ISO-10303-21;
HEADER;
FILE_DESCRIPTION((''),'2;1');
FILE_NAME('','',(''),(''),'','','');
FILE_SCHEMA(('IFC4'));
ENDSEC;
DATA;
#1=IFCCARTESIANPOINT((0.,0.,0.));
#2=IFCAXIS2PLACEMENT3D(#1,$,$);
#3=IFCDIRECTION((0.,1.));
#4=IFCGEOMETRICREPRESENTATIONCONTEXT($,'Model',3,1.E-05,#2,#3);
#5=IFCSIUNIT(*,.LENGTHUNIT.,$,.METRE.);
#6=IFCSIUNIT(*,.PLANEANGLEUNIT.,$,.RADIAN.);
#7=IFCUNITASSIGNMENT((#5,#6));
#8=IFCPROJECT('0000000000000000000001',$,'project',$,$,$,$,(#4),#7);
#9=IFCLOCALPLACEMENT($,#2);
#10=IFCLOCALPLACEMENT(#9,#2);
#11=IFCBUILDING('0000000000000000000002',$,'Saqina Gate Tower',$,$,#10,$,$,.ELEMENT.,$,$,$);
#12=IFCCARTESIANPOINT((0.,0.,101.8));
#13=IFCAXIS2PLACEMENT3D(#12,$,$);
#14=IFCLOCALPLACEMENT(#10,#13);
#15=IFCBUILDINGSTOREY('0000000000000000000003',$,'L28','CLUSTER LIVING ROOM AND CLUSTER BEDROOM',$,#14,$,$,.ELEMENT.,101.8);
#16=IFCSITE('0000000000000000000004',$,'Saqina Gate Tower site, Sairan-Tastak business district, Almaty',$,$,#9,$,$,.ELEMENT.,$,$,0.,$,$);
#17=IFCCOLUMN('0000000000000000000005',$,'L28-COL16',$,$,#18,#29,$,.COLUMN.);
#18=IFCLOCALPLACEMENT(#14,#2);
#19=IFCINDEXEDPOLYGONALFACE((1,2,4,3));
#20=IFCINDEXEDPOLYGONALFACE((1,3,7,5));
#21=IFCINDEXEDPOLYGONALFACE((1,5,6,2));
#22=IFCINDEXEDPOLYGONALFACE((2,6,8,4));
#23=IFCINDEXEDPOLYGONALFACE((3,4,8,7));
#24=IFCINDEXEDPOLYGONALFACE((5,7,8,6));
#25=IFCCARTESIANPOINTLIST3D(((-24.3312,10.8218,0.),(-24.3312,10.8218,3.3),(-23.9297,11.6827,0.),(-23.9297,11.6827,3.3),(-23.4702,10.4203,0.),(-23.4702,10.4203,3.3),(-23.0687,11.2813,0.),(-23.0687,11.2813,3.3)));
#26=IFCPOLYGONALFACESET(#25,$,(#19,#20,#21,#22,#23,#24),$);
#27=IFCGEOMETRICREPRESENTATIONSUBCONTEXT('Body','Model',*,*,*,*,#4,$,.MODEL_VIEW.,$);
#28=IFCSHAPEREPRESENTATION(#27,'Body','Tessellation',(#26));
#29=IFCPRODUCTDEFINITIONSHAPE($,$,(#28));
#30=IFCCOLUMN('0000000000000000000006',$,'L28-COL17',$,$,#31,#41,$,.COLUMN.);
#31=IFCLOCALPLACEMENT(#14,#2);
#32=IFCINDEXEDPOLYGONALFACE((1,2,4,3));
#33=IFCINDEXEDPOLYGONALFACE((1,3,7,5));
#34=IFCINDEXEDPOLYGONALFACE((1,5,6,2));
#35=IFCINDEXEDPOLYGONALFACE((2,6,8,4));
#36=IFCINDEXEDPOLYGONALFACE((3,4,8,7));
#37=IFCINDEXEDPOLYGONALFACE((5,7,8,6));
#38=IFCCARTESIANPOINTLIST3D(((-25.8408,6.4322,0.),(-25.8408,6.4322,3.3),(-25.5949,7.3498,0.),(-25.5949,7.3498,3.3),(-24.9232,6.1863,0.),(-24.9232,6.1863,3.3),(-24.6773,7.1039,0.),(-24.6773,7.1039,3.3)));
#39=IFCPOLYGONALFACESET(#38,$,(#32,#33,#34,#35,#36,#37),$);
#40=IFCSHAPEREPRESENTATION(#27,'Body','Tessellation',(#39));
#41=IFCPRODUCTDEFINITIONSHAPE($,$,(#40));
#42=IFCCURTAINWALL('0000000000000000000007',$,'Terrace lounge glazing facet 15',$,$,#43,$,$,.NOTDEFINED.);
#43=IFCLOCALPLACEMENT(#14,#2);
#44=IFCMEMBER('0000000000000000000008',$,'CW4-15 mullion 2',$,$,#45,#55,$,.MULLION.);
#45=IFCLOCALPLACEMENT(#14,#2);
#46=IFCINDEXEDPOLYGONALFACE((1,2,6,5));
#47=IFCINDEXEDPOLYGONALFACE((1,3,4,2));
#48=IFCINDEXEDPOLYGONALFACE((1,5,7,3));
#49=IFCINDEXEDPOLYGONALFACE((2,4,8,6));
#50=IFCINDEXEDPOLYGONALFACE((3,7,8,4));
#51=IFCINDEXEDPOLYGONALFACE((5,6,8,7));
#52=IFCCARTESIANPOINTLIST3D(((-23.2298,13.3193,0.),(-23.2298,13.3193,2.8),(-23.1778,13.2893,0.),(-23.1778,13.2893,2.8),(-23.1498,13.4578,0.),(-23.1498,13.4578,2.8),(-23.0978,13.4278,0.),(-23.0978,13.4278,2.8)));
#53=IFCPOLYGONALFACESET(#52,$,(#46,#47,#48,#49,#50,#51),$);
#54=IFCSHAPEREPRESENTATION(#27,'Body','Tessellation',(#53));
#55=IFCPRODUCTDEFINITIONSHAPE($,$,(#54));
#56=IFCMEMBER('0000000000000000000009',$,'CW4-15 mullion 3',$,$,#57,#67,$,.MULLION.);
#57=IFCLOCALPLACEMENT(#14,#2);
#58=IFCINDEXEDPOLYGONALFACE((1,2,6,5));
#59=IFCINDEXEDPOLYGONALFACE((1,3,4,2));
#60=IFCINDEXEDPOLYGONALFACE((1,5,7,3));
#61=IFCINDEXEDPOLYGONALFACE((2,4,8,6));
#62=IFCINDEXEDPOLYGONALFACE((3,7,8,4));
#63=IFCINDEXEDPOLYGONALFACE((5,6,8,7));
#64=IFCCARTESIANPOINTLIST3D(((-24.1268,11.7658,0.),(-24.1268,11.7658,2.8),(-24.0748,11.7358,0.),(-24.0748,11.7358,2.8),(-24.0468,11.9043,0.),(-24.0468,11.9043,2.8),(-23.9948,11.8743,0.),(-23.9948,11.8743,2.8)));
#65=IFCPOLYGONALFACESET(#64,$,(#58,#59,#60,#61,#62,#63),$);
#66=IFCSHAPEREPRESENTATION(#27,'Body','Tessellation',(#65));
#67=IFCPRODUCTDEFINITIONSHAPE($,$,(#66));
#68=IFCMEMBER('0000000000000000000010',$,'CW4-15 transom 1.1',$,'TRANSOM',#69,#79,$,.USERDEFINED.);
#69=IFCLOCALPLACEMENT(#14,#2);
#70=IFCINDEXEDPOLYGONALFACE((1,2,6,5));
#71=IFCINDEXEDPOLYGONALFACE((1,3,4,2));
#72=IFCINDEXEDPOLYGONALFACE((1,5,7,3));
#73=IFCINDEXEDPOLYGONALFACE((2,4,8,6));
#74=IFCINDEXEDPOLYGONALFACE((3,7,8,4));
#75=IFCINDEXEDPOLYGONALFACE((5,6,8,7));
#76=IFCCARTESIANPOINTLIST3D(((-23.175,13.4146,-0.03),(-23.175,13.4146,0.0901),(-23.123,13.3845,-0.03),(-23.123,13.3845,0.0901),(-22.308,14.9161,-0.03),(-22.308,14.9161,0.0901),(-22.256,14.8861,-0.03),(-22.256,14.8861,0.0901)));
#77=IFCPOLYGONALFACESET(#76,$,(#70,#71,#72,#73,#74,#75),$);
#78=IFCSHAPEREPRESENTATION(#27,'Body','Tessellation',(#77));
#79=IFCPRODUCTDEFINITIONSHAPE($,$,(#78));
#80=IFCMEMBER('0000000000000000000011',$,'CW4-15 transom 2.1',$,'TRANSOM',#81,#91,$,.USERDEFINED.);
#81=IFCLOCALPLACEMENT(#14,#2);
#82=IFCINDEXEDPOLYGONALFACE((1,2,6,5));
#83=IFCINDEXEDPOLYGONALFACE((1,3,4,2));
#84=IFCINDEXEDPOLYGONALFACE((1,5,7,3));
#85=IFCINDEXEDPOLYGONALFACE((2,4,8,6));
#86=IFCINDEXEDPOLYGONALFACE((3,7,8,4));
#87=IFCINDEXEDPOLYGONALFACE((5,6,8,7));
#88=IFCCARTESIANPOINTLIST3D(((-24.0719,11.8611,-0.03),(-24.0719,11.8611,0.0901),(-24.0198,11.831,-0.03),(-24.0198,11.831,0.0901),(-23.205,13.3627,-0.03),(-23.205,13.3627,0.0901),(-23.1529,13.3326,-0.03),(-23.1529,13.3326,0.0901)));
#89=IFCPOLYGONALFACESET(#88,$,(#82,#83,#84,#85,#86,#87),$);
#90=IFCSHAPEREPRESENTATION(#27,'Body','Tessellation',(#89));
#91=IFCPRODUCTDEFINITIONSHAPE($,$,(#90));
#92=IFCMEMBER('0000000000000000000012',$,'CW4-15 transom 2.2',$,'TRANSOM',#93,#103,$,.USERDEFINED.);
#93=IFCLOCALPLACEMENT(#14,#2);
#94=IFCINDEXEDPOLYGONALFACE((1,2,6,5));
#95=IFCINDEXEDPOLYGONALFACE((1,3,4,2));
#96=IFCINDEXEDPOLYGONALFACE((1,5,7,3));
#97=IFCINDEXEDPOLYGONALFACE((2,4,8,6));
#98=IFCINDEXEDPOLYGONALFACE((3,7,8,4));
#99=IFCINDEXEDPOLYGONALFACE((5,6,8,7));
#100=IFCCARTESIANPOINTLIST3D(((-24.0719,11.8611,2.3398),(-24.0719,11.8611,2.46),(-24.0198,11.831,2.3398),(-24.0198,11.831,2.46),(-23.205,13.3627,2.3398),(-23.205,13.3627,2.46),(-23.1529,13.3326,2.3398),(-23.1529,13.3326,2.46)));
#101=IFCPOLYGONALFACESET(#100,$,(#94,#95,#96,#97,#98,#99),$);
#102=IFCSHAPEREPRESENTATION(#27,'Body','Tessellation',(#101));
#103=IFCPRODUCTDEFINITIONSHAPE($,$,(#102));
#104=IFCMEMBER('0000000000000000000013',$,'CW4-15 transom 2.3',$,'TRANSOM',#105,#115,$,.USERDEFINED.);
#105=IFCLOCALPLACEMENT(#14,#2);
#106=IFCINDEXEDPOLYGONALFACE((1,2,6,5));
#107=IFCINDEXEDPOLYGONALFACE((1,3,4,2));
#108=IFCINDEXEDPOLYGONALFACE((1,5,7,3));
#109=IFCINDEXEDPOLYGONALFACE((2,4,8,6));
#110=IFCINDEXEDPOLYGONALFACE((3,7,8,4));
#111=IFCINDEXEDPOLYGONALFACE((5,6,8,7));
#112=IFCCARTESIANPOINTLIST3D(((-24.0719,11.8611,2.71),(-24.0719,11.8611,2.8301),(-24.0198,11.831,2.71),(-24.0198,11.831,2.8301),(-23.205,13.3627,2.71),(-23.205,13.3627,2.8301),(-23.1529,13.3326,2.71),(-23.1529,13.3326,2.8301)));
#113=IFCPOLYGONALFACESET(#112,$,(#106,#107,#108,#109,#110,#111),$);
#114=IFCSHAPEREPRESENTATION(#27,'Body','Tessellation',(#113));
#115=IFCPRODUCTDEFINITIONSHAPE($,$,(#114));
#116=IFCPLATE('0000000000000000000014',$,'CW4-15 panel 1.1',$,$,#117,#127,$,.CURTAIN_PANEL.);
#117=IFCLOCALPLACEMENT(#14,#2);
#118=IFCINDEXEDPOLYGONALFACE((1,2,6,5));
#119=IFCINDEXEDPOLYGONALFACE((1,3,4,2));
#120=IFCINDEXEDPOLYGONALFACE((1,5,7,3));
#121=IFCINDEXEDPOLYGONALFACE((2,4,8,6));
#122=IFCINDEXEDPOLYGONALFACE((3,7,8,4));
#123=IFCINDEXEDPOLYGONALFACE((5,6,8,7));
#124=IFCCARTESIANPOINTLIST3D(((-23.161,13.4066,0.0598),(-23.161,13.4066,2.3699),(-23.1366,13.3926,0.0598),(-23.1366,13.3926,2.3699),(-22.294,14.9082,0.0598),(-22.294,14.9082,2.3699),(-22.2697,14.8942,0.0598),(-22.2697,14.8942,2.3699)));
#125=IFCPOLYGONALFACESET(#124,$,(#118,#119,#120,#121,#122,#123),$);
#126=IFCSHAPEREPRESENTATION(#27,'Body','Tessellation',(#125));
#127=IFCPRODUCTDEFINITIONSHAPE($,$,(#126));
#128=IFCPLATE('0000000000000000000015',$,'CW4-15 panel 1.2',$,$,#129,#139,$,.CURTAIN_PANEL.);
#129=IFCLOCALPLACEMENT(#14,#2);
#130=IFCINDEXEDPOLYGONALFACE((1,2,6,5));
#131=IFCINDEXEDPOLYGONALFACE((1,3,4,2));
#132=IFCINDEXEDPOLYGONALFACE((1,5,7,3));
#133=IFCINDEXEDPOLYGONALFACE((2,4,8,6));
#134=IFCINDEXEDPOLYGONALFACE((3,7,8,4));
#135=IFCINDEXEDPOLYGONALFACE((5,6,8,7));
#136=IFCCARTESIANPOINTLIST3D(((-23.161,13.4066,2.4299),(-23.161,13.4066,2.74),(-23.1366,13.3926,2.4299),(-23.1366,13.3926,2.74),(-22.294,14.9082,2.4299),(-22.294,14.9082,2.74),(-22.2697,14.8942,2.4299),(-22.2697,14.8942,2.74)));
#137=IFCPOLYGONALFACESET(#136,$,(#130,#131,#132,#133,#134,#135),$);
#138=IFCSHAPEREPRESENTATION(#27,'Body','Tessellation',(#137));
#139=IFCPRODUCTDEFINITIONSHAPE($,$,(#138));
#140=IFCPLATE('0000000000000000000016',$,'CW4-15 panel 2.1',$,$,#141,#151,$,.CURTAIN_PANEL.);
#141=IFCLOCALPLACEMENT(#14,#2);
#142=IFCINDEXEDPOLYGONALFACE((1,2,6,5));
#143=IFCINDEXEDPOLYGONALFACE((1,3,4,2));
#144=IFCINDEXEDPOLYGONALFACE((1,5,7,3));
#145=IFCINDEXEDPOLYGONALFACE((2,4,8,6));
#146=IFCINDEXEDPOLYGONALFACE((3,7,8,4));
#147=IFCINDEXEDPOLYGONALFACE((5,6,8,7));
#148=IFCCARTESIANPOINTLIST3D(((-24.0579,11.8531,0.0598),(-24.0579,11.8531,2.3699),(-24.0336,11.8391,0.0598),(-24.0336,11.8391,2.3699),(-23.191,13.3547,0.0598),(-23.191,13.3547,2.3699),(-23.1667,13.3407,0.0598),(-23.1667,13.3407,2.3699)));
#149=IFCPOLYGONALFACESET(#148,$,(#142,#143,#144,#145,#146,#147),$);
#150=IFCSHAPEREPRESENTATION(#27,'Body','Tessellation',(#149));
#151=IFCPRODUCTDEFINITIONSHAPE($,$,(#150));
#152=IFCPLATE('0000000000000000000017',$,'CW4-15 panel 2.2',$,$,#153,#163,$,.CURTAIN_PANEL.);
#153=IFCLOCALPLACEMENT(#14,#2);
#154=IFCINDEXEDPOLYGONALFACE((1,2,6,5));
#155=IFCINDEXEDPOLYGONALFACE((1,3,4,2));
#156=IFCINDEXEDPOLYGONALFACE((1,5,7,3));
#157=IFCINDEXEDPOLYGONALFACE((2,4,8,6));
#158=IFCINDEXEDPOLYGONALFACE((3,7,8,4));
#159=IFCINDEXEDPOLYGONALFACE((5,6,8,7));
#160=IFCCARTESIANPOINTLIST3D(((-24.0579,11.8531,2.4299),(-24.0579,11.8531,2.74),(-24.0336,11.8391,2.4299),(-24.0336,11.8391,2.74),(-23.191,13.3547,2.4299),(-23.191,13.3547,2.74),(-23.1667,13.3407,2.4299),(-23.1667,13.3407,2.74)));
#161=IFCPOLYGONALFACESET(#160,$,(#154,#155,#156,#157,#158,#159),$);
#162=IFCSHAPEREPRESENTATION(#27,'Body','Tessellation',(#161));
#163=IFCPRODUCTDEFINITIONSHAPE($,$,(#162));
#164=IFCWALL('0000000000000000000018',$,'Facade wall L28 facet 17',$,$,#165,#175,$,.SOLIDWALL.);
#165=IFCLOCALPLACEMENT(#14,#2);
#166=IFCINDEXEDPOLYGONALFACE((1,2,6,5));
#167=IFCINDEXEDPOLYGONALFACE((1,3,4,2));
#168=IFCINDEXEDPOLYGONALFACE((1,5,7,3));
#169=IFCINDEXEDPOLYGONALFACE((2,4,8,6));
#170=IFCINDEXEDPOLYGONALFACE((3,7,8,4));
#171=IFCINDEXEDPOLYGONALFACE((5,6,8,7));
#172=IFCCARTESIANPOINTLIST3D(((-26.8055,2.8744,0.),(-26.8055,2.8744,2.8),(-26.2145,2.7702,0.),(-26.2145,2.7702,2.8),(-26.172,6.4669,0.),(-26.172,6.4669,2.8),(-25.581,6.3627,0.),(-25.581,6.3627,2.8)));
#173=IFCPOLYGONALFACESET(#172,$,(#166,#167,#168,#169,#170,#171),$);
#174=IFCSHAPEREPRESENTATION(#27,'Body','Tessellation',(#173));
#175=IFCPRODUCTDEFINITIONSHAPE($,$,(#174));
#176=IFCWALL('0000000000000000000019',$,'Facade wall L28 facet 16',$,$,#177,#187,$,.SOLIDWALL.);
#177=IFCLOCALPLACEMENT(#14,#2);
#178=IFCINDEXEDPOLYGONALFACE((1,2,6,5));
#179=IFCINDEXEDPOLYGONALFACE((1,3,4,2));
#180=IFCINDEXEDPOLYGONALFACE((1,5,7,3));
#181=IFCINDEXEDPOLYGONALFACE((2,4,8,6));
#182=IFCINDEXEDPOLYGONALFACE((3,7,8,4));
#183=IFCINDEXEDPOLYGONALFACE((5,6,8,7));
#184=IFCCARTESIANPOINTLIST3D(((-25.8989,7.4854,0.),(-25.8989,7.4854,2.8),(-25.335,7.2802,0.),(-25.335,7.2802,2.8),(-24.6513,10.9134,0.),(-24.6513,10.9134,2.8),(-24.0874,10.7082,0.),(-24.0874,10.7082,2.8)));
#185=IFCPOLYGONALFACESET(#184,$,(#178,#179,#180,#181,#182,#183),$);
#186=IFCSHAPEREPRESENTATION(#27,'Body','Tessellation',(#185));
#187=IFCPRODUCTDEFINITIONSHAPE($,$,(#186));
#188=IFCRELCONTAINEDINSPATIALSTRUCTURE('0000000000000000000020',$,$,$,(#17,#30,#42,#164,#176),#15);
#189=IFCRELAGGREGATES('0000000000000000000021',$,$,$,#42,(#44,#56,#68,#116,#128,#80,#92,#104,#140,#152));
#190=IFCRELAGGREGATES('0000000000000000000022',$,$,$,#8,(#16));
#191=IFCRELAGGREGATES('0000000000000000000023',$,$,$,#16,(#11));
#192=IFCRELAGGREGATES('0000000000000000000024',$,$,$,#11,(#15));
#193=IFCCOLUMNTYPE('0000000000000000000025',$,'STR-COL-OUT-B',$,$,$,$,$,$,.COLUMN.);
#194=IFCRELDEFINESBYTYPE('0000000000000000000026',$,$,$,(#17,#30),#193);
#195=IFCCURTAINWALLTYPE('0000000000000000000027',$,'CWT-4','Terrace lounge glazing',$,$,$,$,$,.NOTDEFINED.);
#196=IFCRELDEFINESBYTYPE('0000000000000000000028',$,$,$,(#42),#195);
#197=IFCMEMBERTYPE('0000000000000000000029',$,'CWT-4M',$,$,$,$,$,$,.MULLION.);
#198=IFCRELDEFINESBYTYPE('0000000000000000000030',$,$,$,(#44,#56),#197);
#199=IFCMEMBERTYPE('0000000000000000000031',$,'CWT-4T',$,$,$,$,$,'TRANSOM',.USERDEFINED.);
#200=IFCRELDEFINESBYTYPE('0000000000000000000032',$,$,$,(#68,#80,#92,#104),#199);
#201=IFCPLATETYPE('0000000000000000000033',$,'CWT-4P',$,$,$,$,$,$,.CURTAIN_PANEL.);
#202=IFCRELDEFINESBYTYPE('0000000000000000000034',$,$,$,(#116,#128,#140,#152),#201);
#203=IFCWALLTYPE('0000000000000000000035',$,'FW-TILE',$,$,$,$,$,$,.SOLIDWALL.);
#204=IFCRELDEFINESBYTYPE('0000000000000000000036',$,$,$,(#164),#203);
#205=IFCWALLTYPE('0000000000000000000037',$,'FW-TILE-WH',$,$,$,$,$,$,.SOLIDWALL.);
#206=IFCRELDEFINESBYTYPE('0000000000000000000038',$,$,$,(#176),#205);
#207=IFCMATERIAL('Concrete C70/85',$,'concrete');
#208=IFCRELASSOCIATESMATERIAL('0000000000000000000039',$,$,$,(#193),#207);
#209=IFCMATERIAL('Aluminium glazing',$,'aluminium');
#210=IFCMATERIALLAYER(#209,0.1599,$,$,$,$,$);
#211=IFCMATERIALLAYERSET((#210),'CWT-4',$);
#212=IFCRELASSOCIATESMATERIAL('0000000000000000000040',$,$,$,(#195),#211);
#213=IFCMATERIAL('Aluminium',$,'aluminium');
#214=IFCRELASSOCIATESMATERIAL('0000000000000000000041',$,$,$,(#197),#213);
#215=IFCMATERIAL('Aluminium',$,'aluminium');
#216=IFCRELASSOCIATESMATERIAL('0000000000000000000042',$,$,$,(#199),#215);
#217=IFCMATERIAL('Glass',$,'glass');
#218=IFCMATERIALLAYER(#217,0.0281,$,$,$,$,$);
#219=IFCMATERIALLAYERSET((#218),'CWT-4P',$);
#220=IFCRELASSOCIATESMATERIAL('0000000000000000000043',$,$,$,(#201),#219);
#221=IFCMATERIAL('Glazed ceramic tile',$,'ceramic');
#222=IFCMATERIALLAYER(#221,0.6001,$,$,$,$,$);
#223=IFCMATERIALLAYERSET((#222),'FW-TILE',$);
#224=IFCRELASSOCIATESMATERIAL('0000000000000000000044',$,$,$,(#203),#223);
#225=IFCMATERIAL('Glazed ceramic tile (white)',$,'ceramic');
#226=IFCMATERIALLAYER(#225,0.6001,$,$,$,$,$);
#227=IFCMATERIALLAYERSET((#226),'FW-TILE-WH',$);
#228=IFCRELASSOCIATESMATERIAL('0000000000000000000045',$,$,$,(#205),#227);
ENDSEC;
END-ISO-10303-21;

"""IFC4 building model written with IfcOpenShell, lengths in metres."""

from ifc_helpers import new_model, si_unit, direction, frame, frame_2d, origin, origin_2d, place, context, subcontext, project, spatial, rectangle, extrude, material, layer, layer_set, material_profile, profile_set, type_object, element, aggregate, save


model = new_model("IFC4")

# Units and contexts
model_context = context("Model", 3, precision=1e-05, world=origin(), true_north=direction((0.0, 1.0)))
body_context = subcontext(model_context, "Body", "Model", "MODEL_VIEW")
ifc_project = project(units=[si_unit("LENGTHUNIT", "METRE"), si_unit("PLANEANGLEUNIT", "RADIAN")], contexts=[model_context])

# Site, building, storey
site_placement = place(None, origin())
site = spatial("IfcSite", under=ifc_project, at=site_placement, Name="Saqina Gate Tower site, Sairan-Tastak business district, Almaty", CompositionType="ELEMENT", RefElevation=0.0)
building_placement = place(site_placement, origin())
building = spatial("IfcBuilding", under=site, at=building_placement, Name="Saqina Gate Tower", CompositionType="ELEMENT")
storey_placement = place(building_placement, frame((0.0, 0.0, 101.8)))
storey = spatial("IfcBuildingStorey", under=building, at=storey_placement, Name="L28", Description="CLUSTER LIVING ROOM AND CLUSTER BEDROOM", CompositionType="ELEMENT", Elevation=101.8)

# Columns
ifc_material_1 = material(Name="Concrete C70/85", Category="concrete")
ifc_material_profile_1 = material_profile(ifc_material_1, rectangle(XDim=0.95, YDim=0.95, at=origin_2d()), Name="RC 950x950")
ifc_profile_set_1 = profile_set([ifc_material_profile_1], Name="Concrete C70/85")
column_type = type_object("IfcColumnType", Name="STR-COL-OUT-B", PredefinedType="COLUMN", material=ifc_profile_set_1)
for number, where, z_axis, x_axis, name in (
    (1, (-23.7, 11.0515, 0.0), (0.0, 0.0, 1.0), (-0.906308, 0.422618, 0.0), "L28-COL16"),
    (2, (-25.259, 6.7681, 0.0), (0.0, 0.0, 1.0), (-0.965926, 0.258819, 0.0), "L28-COL17"),
):
    element("IfcColumn", number, at=place(storey_placement, frame(where, z_axis=z_axis, x_axis=x_axis)), inside=storey, type_object=column_type, Name=name, PredefinedType="COLUMN", context=body_context, shape_type="SweptSolid", body=[
        extrude(rectangle(XDim=0.95, YDim=0.95, at=origin_2d()), origin(), (0.0, 0.0, 1.0), 3.3),
    ])

# Curtain wall, members, plates
ifc_material_2 = material(Name="Aluminium glazing", Category="aluminium")
ifc_layer_1 = layer(ifc_material_2, 0.1599)
ifc_layer_set_1 = layer_set([ifc_layer_1], Name="CWT-4")
curtain_wall_type = type_object("IfcCurtainWallType", Name="CWT-4", Description="Terrace lounge glazing", PredefinedType="NOTDEFINED", material=ifc_layer_set_1)
curtain_wall_placement = place(storey_placement, origin())
curtain_wall = element("IfcCurtainWall", 3, at=curtain_wall_placement, inside=storey, type_object=curtain_wall_type, Name="Terrace lounge glazing facet 15", PredefinedType="NOTDEFINED")
ifc_material_3 = material(Name="Aluminium", Category="aluminium")
ifc_material_profile_2 = material_profile(ifc_material_3, rectangle(XDim=0.0601, YDim=0.1599, at=origin_2d()), Name="Aluminium 60x160")
ifc_profile_set_2 = profile_set([ifc_material_profile_2], Name="Aluminium")
member_type_1 = type_object("IfcMemberType", Name="CWT-4M", PredefinedType="MULLION", material=ifc_profile_set_2)
member_1_placement = place(storey_placement, frame((-23.1638, 13.3735, 0.0), z_axis=(0.0, 0.0, 1.0), x_axis=(0.866026, -0.499999, 0.0)))
member_1 = element("IfcMember", 4, at=member_1_placement, type_object=member_type_1, Name="CW4-15 mullion 2", PredefinedType="MULLION", context=body_context, shape_type="SweptSolid", body=[
    extrude(rectangle(XDim=0.0601, YDim=0.1599, at=origin_2d()), origin(), (0.0, 0.0, 1.0), 2.8),
])
member_2_placement = place(storey_placement, frame((-24.0608, 11.8201, 0.0), z_axis=(0.0, 0.0, 1.0), x_axis=(0.866026, -0.499999, 0.0)))
member_2 = element("IfcMember", 5, at=member_2_placement, type_object=member_type_1, Name="CW4-15 mullion 3", PredefinedType="MULLION", context=body_context, shape_type="SweptSolid", body=[
    extrude(rectangle(XDim=0.0601, YDim=0.1599, at=origin_2d()), origin(), (0.0, 0.0, 1.0), 2.8),
])
ifc_material_4 = material(Name="Aluminium", Category="aluminium")
ifc_material_profile_3 = material_profile(ifc_material_4, rectangle(XDim=0.0601, YDim=0.1201, at=origin_2d()), Name="Aluminium 60x120")
ifc_profile_set_3 = profile_set([ifc_material_profile_3], Name="Aluminium")
member_type_2 = type_object("IfcMemberType", Name="CWT-4T", ElementType="TRANSOM", PredefinedType="USERDEFINED", material=ifc_profile_set_3)
member_3_placement = place(storey_placement, frame((-22.282, 14.9011, 0.03), z_axis=(-0.500031, -0.866007, 0.0), x_axis=(0.866007, -0.500031, 0.0)))
member_3 = element("IfcMember", 6, at=member_3_placement, type_object=member_type_2, Name="CW4-15 transom 1.1", ObjectType="TRANSOM", PredefinedType="USERDEFINED", context=body_context, shape_type="SweptSolid", body=[
    extrude(rectangle(XDim=0.0601, YDim=0.1201, at=origin_2d()), origin(), (0.0, 0.0, 1.0), 1.7339),
])
member_4_placement = place(storey_placement, frame((-23.179, 13.3477, 0.03), z_axis=(-0.49997, -0.866043, 0.0), x_axis=(0.866043, -0.49997, 0.0)))
member_4 = element("IfcMember", 7, at=member_4_placement, type_object=member_type_2, Name="CW4-15 transom 2.1", ObjectType="TRANSOM", PredefinedType="USERDEFINED", context=body_context, shape_type="SweptSolid", body=[
    extrude(rectangle(XDim=0.0601, YDim=0.1201, at=origin_2d()), origin(), (0.0, 0.0, 1.0), 1.7339),
])
member_5_placement = place(storey_placement, frame((-23.179, 13.3477, 2.3999), z_axis=(-0.49997, -0.866043, 0.0), x_axis=(0.866043, -0.49997, 0.0)))
member_5 = element("IfcMember", 8, at=member_5_placement, type_object=member_type_2, Name="CW4-15 transom 2.2", ObjectType="TRANSOM", PredefinedType="USERDEFINED", context=body_context, shape_type="SweptSolid", body=[
    extrude(rectangle(XDim=0.0601, YDim=0.1201, at=origin_2d()), origin(), (0.0, 0.0, 1.0), 1.7339),
])
member_6_placement = place(storey_placement, frame((-23.179, 13.3477, 2.77), z_axis=(-0.49997, -0.866043, 0.0), x_axis=(0.866043, -0.49997, 0.0)))
member_6 = element("IfcMember", 9, at=member_6_placement, type_object=member_type_2, Name="CW4-15 transom 2.3", ObjectType="TRANSOM", PredefinedType="USERDEFINED", context=body_context, shape_type="SweptSolid", body=[
    extrude(rectangle(XDim=0.0601, YDim=0.1201, at=origin_2d()), origin(), (0.0, 0.0, 1.0), 1.7339),
])
ifc_material_5 = material(Name="Glass", Category="glass")
ifc_layer_2 = layer(ifc_material_5, 0.0281)
ifc_layer_set_2 = layer_set([ifc_layer_2], Name="CWT-4P")
plate_type = type_object("IfcPlateType", Name="CWT-4P", PredefinedType="CURTAIN_PANEL", material=ifc_layer_set_2)
plate_1_placement = place(storey_placement, frame((-22.7153, 14.1504, 0.0598), z_axis=(0.0, 0.0, 1.0), x_axis=(-0.499999, -0.866026, 0.0)))
plate_1 = element("IfcPlate", 10, at=plate_1_placement, type_object=plate_type, Name="CW4-15 panel 1.1", PredefinedType="CURTAIN_PANEL", context=body_context, shape_type="SweptSolid", body=[
    extrude(rectangle(XDim=1.7339, YDim=0.0281, at=origin_2d()), origin(), (0.0, 0.0, 1.0), 2.3101),
])
plate_2_placement = place(storey_placement, frame((-22.7153, 14.1504, 2.4299), z_axis=(0.0, 0.0, 1.0), x_axis=(-0.499999, -0.866026, 0.0)))
plate_2 = element("IfcPlate", 11, at=plate_2_placement, type_object=plate_type, Name="CW4-15 panel 1.2", PredefinedType="CURTAIN_PANEL", context=body_context, shape_type="SweptSolid", body=[
    extrude(rectangle(XDim=1.7339, YDim=0.0281, at=origin_2d()), origin(), (0.0, 0.0, 1.0), 0.3101),
])
plate_3_placement = place(storey_placement, frame((-23.6123, 12.5969, 0.0598), z_axis=(0.0, 0.0, 1.0), x_axis=(-0.499999, -0.866026, 0.0)))
plate_3 = element("IfcPlate", 12, at=plate_3_placement, type_object=plate_type, Name="CW4-15 panel 2.1", PredefinedType="CURTAIN_PANEL", context=body_context, shape_type="SweptSolid", body=[
    extrude(rectangle(XDim=1.7339, YDim=0.0281, at=origin_2d()), origin(), (0.0, 0.0, 1.0), 2.3101),
])
plate_4_placement = place(storey_placement, frame((-23.6123, 12.5969, 2.4299), z_axis=(0.0, 0.0, 1.0), x_axis=(-0.499999, -0.866026, 0.0)))
plate_4 = element("IfcPlate", 13, at=plate_4_placement, type_object=plate_type, Name="CW4-15 panel 2.2", PredefinedType="CURTAIN_PANEL", context=body_context, shape_type="SweptSolid", body=[
    extrude(rectangle(XDim=1.7339, YDim=0.0281, at=origin_2d()), origin(), (0.0, 0.0, 1.0), 0.3101),
])
aggregate(curtain_wall, [member_1, member_2, member_3, plate_1, plate_2, member_4, member_5, member_6, plate_3, plate_4])

# Walls
ifc_material_6 = material(Name="Glazed ceramic tile", Category="ceramic")
ifc_layer_3 = layer(ifc_material_6, 0.6001)
ifc_layer_set_3 = layer_set([ifc_layer_3], Name="FW-TILE")
wall_type_1 = type_object("IfcWallType", Name="FW-TILE", PredefinedType="SOLIDWALL", material=ifc_layer_set_3)
wall_1_placement = place(storey_placement, frame((-25.8765, 6.4148, 0.0), z_axis=(0.0, 0.0, 1.0), x_axis=(-0.173671, -0.984804, 0.0)))
element("IfcWall", 14, at=wall_1_placement, inside=storey, type_object=wall_type_1, Name="Facade wall L28 facet 17", PredefinedType="SOLIDWALL", context=body_context, shape_type="SweptSolid", body=[
    extrude(rectangle(XDim=3.6479, YDim=0.6001, at=frame_2d((1.824, 0.0))), origin(), (0.0, 0.0, 1.0), 2.8),
])
ifc_material_7 = material(Name="Glazed ceramic tile (white)", Category="ceramic")
ifc_layer_4 = layer(ifc_material_7, 0.6001)
ifc_layer_set_4 = layer_set([ifc_layer_4], Name="FW-TILE-WH")
wall_type_2 = type_object("IfcWallType", Name="FW-TILE-WH", PredefinedType="SOLIDWALL", material=ifc_layer_set_4)
wall_2_placement = place(storey_placement, frame((-24.3694, 10.8108, 0.0), z_axis=(0.0, 0.0, 1.0), x_axis=(-0.34199, -0.939704, 0.0)))
element("IfcWall", 15, at=wall_2_placement, inside=storey, type_object=wall_type_2, Name="Facade wall L28 facet 16", PredefinedType="SOLIDWALL", context=body_context, shape_type="SweptSolid", body=[
    extrude(rectangle(XDim=3.6479, YDim=0.6001, at=frame_2d((1.824, 0.0))), origin(), (0.0, 0.0, 1.0), 2.8),
])

save(model, "model.ifc")
